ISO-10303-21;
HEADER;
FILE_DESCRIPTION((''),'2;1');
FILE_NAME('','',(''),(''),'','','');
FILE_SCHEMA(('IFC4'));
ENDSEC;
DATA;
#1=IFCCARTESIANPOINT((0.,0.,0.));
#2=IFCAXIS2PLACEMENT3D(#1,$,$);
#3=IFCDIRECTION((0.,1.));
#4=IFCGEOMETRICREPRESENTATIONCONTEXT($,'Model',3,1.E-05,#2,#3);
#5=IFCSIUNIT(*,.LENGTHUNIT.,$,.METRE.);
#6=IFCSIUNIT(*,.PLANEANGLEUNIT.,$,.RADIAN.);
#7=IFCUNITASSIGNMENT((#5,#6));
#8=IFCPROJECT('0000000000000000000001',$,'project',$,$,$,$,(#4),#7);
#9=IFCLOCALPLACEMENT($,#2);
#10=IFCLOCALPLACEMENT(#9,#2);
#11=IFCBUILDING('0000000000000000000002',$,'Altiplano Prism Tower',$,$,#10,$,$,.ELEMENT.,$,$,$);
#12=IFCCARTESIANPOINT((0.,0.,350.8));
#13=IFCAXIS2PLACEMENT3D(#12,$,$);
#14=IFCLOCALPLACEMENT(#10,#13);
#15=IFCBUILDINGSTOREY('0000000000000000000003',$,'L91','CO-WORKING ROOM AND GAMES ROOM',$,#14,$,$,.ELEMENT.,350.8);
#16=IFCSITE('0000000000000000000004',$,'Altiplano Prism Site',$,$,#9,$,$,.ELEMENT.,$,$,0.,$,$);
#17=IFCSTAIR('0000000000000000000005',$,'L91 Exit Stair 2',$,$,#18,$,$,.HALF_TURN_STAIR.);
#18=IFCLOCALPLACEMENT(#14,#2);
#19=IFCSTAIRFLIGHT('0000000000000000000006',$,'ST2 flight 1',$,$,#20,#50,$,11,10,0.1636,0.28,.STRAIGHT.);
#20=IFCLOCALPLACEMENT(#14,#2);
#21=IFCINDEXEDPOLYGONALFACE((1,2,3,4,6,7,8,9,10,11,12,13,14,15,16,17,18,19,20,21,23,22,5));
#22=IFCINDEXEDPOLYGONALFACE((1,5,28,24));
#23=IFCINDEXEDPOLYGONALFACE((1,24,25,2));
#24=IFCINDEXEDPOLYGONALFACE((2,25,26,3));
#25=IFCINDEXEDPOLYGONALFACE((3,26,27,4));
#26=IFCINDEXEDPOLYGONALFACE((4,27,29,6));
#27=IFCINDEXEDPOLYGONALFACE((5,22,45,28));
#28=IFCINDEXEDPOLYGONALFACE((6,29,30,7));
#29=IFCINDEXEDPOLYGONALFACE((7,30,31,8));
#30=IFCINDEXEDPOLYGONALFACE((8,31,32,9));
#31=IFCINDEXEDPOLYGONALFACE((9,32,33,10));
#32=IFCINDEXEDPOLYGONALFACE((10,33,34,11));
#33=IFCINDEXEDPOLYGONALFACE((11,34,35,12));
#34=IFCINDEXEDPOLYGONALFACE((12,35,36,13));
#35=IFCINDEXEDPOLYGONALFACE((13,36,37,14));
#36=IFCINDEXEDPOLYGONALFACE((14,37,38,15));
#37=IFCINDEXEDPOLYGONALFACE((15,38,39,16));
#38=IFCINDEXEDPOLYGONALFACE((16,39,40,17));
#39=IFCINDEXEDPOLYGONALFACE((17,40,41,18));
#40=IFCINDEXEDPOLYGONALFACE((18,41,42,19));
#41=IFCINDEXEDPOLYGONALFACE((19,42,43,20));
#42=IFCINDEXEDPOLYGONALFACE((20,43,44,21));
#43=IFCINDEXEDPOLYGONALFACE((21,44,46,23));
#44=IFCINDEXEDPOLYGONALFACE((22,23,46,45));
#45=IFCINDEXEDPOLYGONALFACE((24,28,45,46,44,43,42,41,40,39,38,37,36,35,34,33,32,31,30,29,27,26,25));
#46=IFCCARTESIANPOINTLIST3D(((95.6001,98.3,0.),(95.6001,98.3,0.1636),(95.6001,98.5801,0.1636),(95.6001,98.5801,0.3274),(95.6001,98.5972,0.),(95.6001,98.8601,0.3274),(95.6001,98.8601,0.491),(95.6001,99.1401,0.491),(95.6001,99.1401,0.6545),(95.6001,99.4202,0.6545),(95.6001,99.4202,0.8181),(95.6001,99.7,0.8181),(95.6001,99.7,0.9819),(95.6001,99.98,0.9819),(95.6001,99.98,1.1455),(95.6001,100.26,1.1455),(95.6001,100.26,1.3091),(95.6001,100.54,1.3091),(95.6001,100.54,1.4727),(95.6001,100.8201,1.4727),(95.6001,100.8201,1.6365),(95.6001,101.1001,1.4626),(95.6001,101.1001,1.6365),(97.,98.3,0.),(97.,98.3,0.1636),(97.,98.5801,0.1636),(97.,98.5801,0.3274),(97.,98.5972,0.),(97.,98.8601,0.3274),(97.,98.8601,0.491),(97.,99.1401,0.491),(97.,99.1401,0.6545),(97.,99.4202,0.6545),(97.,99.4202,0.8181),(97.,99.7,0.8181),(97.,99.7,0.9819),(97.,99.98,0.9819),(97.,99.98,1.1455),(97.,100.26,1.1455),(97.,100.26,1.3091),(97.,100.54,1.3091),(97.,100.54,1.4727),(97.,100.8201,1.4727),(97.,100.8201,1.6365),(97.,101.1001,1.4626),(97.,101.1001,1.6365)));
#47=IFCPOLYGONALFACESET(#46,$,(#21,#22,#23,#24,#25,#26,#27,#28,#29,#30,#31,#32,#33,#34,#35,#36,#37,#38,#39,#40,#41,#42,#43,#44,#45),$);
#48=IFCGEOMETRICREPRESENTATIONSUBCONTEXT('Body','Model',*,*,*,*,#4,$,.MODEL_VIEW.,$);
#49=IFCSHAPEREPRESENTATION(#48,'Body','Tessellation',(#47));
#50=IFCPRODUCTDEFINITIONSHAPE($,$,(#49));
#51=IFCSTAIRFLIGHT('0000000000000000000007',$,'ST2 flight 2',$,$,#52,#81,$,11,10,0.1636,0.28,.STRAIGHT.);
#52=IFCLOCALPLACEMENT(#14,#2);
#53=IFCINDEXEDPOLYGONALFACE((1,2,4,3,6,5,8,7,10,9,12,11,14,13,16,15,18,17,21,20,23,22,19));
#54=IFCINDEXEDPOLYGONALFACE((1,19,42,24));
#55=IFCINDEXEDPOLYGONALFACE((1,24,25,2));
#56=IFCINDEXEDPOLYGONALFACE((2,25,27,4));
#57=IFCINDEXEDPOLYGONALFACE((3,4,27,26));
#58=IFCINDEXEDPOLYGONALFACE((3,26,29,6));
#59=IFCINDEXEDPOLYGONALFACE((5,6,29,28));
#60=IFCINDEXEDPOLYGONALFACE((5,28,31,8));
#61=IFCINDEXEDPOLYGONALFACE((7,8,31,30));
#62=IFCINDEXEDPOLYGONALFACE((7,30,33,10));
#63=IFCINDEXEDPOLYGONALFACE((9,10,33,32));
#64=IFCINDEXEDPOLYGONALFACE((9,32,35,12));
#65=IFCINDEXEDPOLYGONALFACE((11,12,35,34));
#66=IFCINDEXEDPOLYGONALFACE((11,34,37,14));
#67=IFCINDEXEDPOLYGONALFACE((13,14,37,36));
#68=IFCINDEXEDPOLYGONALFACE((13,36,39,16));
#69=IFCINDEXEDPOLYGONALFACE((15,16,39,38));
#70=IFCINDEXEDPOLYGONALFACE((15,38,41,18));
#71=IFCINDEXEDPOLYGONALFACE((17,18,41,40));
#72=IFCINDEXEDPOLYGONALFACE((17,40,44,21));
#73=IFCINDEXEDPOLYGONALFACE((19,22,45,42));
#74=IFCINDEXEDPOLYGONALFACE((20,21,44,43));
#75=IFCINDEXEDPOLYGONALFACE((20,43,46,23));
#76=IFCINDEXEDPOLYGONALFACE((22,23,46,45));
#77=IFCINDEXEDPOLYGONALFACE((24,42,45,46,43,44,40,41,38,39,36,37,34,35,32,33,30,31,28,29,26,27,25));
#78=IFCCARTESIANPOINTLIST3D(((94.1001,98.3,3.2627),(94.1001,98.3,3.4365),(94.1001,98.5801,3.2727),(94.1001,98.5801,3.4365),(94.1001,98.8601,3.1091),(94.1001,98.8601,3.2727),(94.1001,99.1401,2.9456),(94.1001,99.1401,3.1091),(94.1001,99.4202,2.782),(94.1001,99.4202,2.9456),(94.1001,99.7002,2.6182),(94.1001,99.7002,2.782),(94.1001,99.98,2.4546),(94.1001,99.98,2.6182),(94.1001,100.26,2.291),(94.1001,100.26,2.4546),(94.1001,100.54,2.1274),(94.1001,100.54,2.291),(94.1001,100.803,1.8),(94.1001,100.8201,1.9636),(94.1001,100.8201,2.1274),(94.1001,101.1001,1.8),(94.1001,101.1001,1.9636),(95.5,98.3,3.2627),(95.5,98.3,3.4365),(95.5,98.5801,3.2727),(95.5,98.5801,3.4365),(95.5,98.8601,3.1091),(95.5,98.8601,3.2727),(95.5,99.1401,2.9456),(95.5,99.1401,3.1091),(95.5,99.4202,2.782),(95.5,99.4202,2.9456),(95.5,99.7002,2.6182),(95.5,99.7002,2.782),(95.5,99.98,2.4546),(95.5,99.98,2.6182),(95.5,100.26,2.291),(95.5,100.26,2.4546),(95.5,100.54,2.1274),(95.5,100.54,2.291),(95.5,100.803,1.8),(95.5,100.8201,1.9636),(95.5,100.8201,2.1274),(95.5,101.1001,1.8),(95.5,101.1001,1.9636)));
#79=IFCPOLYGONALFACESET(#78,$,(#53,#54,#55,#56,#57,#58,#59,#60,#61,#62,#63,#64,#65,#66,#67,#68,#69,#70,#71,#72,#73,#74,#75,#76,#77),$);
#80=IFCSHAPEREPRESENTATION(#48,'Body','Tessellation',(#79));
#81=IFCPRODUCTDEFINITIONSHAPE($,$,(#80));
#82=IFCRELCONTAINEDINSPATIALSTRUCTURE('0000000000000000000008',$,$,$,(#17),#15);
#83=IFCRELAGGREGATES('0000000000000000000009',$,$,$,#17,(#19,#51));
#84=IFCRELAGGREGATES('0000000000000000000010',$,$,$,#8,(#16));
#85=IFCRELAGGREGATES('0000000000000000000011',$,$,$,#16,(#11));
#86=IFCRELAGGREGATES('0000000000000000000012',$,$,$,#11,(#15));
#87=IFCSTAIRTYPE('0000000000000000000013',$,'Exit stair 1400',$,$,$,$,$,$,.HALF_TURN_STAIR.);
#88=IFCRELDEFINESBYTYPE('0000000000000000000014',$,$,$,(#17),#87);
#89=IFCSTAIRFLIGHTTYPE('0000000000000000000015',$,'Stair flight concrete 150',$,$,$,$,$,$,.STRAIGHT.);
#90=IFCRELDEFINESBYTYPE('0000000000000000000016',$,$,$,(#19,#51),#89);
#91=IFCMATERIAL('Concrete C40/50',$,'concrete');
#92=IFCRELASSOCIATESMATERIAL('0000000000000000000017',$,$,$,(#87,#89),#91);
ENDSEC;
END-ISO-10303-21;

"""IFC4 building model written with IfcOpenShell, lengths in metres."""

from ifc_helpers import new_model, si_unit, direction, frame, origin, place, context, subcontext, project, spatial, polyline, outline, extrude, material, type_object, element, aggregate, save


model = new_model("IFC4")

# Units and contexts
model_context = context("Model", 3, precision=1e-05, world=origin(), true_north=direction((0.0, 1.0)))
body_context = subcontext(model_context, "Body", "Model", "MODEL_VIEW")
ifc_project = project(units=[si_unit("LENGTHUNIT", "METRE"), si_unit("PLANEANGLEUNIT", "RADIAN")], contexts=[model_context])

# Site, building, storey
site_placement = place(None, origin())
site = spatial("IfcSite", under=ifc_project, at=site_placement, Name="Altiplano Prism Site", CompositionType="ELEMENT", RefElevation=0.0)
building_placement = place(site_placement, origin())
building = spatial("IfcBuilding", under=site, at=building_placement, Name="Altiplano Prism Tower", CompositionType="ELEMENT")
storey_placement = place(building_placement, frame((0.0, 0.0, 350.8)))
storey = spatial("IfcBuildingStorey", under=building, at=storey_placement, Name="L91", Description="CO-WORKING ROOM AND GAMES ROOM", CompositionType="ELEMENT", Elevation=350.8)

# Stair, stair flights
ifc_material_1 = material(Name="Concrete C40/50", Category="concrete")
stair_type = type_object("IfcStairType", Name="Exit stair 1400", PredefinedType="HALF_TURN_STAIR", material=ifc_material_1)
stair_placement = place(storey_placement, origin())
stair = element("IfcStair", 1, at=stair_placement, inside=storey, type_object=stair_type, Name="L91 Exit Stair 2", PredefinedType="HALF_TURN_STAIR")
stair_flight_type = type_object("IfcStairFlightType", Name="Stair flight concrete 150", PredefinedType="STRAIGHT", material=ifc_material_1)
stair_flight_1_placement = place(storey_placement, frame((96.3, 98.3, 0.0), z_axis=(0.0, 0.0, 1.0), x_axis=(0.0, 1.0, 0.0)))
stair_flight_1 = element("IfcStairFlight", 2, at=stair_flight_1_placement, type_object=stair_flight_type, Name="ST2 flight 1", NumberOfRisers=11, NumberOfTreads=10, PredefinedType="STRAIGHT", RiserHeight=0.1636, TreadLength=0.28, context=body_context, shape_type="SweptSolid", body=[
    extrude(outline(polyline([(0.0, 0.0), (0.0, 0.1636), (0.28, 0.1636), (0.28, 0.3274), (0.5601, 0.3274), (0.5601, 0.491), (0.8401, 0.491), (0.8401, 0.6545), (1.1201, 0.6545), (1.1201, 0.8181), (1.3999, 0.8181), (1.3999, 0.9819), (1.6799, 0.9819), (1.6799, 1.1455), (1.96, 1.1455), (1.96, 1.3091), (2.24, 1.3091), (2.24, 1.4727), (2.52, 1.4727), (2.52, 1.6365), (2.8, 1.6365), (2.8, 1.8), (2.8, 1.4626), (0.2971, 0.0), (0.0, 0.0)])), frame((0.0, 0.7, 0.0), z_axis=(0.0, -1.0, 0.0), x_axis=(1.0, 0.0, 0.0)), (0.0, 0.0, 1.0), 1.3999),
])
stair_flight_2_placement = place(storey_placement, frame((94.8, 101.1001, 1.8), z_axis=(0.0, 0.0, 1.0), x_axis=(0.0, -1.0, 0.0)))
stair_flight_2 = element("IfcStairFlight", 3, at=stair_flight_2_placement, type_object=stair_flight_type, Name="ST2 flight 2", NumberOfRisers=11, NumberOfTreads=10, PredefinedType="STRAIGHT", RiserHeight=0.1636, TreadLength=0.28, context=body_context, shape_type="SweptSolid", body=[
    extrude(outline(polyline([(0.0, 0.0), (0.0, 0.1636), (0.28, 0.1636), (0.28, 0.3274), (0.5601, 0.3274), (0.5601, 0.491), (0.8401, 0.491), (0.8401, 0.6545), (1.1201, 0.6545), (1.1201, 0.8181), (1.3999, 0.8181), (1.3999, 0.9819), (1.6799, 0.9819), (1.6799, 1.1455), (1.96, 1.1455), (1.96, 1.3091), (2.24, 1.3091), (2.24, 1.4727), (2.52, 1.4727), (2.52, 1.6365), (2.8, 1.6365), (2.8, 1.8), (2.8, 1.4626), (0.2971, 0.0), (0.0, 0.0)])), frame((0.0, 0.7, 0.0), z_axis=(0.0, -1.0, 0.0), x_axis=(1.0, 0.0, 0.0)), (0.0, 0.0, 1.0), 1.3999),
])
aggregate(stair, [stair_flight_1, stair_flight_2])

save(model, "model.ifc")
